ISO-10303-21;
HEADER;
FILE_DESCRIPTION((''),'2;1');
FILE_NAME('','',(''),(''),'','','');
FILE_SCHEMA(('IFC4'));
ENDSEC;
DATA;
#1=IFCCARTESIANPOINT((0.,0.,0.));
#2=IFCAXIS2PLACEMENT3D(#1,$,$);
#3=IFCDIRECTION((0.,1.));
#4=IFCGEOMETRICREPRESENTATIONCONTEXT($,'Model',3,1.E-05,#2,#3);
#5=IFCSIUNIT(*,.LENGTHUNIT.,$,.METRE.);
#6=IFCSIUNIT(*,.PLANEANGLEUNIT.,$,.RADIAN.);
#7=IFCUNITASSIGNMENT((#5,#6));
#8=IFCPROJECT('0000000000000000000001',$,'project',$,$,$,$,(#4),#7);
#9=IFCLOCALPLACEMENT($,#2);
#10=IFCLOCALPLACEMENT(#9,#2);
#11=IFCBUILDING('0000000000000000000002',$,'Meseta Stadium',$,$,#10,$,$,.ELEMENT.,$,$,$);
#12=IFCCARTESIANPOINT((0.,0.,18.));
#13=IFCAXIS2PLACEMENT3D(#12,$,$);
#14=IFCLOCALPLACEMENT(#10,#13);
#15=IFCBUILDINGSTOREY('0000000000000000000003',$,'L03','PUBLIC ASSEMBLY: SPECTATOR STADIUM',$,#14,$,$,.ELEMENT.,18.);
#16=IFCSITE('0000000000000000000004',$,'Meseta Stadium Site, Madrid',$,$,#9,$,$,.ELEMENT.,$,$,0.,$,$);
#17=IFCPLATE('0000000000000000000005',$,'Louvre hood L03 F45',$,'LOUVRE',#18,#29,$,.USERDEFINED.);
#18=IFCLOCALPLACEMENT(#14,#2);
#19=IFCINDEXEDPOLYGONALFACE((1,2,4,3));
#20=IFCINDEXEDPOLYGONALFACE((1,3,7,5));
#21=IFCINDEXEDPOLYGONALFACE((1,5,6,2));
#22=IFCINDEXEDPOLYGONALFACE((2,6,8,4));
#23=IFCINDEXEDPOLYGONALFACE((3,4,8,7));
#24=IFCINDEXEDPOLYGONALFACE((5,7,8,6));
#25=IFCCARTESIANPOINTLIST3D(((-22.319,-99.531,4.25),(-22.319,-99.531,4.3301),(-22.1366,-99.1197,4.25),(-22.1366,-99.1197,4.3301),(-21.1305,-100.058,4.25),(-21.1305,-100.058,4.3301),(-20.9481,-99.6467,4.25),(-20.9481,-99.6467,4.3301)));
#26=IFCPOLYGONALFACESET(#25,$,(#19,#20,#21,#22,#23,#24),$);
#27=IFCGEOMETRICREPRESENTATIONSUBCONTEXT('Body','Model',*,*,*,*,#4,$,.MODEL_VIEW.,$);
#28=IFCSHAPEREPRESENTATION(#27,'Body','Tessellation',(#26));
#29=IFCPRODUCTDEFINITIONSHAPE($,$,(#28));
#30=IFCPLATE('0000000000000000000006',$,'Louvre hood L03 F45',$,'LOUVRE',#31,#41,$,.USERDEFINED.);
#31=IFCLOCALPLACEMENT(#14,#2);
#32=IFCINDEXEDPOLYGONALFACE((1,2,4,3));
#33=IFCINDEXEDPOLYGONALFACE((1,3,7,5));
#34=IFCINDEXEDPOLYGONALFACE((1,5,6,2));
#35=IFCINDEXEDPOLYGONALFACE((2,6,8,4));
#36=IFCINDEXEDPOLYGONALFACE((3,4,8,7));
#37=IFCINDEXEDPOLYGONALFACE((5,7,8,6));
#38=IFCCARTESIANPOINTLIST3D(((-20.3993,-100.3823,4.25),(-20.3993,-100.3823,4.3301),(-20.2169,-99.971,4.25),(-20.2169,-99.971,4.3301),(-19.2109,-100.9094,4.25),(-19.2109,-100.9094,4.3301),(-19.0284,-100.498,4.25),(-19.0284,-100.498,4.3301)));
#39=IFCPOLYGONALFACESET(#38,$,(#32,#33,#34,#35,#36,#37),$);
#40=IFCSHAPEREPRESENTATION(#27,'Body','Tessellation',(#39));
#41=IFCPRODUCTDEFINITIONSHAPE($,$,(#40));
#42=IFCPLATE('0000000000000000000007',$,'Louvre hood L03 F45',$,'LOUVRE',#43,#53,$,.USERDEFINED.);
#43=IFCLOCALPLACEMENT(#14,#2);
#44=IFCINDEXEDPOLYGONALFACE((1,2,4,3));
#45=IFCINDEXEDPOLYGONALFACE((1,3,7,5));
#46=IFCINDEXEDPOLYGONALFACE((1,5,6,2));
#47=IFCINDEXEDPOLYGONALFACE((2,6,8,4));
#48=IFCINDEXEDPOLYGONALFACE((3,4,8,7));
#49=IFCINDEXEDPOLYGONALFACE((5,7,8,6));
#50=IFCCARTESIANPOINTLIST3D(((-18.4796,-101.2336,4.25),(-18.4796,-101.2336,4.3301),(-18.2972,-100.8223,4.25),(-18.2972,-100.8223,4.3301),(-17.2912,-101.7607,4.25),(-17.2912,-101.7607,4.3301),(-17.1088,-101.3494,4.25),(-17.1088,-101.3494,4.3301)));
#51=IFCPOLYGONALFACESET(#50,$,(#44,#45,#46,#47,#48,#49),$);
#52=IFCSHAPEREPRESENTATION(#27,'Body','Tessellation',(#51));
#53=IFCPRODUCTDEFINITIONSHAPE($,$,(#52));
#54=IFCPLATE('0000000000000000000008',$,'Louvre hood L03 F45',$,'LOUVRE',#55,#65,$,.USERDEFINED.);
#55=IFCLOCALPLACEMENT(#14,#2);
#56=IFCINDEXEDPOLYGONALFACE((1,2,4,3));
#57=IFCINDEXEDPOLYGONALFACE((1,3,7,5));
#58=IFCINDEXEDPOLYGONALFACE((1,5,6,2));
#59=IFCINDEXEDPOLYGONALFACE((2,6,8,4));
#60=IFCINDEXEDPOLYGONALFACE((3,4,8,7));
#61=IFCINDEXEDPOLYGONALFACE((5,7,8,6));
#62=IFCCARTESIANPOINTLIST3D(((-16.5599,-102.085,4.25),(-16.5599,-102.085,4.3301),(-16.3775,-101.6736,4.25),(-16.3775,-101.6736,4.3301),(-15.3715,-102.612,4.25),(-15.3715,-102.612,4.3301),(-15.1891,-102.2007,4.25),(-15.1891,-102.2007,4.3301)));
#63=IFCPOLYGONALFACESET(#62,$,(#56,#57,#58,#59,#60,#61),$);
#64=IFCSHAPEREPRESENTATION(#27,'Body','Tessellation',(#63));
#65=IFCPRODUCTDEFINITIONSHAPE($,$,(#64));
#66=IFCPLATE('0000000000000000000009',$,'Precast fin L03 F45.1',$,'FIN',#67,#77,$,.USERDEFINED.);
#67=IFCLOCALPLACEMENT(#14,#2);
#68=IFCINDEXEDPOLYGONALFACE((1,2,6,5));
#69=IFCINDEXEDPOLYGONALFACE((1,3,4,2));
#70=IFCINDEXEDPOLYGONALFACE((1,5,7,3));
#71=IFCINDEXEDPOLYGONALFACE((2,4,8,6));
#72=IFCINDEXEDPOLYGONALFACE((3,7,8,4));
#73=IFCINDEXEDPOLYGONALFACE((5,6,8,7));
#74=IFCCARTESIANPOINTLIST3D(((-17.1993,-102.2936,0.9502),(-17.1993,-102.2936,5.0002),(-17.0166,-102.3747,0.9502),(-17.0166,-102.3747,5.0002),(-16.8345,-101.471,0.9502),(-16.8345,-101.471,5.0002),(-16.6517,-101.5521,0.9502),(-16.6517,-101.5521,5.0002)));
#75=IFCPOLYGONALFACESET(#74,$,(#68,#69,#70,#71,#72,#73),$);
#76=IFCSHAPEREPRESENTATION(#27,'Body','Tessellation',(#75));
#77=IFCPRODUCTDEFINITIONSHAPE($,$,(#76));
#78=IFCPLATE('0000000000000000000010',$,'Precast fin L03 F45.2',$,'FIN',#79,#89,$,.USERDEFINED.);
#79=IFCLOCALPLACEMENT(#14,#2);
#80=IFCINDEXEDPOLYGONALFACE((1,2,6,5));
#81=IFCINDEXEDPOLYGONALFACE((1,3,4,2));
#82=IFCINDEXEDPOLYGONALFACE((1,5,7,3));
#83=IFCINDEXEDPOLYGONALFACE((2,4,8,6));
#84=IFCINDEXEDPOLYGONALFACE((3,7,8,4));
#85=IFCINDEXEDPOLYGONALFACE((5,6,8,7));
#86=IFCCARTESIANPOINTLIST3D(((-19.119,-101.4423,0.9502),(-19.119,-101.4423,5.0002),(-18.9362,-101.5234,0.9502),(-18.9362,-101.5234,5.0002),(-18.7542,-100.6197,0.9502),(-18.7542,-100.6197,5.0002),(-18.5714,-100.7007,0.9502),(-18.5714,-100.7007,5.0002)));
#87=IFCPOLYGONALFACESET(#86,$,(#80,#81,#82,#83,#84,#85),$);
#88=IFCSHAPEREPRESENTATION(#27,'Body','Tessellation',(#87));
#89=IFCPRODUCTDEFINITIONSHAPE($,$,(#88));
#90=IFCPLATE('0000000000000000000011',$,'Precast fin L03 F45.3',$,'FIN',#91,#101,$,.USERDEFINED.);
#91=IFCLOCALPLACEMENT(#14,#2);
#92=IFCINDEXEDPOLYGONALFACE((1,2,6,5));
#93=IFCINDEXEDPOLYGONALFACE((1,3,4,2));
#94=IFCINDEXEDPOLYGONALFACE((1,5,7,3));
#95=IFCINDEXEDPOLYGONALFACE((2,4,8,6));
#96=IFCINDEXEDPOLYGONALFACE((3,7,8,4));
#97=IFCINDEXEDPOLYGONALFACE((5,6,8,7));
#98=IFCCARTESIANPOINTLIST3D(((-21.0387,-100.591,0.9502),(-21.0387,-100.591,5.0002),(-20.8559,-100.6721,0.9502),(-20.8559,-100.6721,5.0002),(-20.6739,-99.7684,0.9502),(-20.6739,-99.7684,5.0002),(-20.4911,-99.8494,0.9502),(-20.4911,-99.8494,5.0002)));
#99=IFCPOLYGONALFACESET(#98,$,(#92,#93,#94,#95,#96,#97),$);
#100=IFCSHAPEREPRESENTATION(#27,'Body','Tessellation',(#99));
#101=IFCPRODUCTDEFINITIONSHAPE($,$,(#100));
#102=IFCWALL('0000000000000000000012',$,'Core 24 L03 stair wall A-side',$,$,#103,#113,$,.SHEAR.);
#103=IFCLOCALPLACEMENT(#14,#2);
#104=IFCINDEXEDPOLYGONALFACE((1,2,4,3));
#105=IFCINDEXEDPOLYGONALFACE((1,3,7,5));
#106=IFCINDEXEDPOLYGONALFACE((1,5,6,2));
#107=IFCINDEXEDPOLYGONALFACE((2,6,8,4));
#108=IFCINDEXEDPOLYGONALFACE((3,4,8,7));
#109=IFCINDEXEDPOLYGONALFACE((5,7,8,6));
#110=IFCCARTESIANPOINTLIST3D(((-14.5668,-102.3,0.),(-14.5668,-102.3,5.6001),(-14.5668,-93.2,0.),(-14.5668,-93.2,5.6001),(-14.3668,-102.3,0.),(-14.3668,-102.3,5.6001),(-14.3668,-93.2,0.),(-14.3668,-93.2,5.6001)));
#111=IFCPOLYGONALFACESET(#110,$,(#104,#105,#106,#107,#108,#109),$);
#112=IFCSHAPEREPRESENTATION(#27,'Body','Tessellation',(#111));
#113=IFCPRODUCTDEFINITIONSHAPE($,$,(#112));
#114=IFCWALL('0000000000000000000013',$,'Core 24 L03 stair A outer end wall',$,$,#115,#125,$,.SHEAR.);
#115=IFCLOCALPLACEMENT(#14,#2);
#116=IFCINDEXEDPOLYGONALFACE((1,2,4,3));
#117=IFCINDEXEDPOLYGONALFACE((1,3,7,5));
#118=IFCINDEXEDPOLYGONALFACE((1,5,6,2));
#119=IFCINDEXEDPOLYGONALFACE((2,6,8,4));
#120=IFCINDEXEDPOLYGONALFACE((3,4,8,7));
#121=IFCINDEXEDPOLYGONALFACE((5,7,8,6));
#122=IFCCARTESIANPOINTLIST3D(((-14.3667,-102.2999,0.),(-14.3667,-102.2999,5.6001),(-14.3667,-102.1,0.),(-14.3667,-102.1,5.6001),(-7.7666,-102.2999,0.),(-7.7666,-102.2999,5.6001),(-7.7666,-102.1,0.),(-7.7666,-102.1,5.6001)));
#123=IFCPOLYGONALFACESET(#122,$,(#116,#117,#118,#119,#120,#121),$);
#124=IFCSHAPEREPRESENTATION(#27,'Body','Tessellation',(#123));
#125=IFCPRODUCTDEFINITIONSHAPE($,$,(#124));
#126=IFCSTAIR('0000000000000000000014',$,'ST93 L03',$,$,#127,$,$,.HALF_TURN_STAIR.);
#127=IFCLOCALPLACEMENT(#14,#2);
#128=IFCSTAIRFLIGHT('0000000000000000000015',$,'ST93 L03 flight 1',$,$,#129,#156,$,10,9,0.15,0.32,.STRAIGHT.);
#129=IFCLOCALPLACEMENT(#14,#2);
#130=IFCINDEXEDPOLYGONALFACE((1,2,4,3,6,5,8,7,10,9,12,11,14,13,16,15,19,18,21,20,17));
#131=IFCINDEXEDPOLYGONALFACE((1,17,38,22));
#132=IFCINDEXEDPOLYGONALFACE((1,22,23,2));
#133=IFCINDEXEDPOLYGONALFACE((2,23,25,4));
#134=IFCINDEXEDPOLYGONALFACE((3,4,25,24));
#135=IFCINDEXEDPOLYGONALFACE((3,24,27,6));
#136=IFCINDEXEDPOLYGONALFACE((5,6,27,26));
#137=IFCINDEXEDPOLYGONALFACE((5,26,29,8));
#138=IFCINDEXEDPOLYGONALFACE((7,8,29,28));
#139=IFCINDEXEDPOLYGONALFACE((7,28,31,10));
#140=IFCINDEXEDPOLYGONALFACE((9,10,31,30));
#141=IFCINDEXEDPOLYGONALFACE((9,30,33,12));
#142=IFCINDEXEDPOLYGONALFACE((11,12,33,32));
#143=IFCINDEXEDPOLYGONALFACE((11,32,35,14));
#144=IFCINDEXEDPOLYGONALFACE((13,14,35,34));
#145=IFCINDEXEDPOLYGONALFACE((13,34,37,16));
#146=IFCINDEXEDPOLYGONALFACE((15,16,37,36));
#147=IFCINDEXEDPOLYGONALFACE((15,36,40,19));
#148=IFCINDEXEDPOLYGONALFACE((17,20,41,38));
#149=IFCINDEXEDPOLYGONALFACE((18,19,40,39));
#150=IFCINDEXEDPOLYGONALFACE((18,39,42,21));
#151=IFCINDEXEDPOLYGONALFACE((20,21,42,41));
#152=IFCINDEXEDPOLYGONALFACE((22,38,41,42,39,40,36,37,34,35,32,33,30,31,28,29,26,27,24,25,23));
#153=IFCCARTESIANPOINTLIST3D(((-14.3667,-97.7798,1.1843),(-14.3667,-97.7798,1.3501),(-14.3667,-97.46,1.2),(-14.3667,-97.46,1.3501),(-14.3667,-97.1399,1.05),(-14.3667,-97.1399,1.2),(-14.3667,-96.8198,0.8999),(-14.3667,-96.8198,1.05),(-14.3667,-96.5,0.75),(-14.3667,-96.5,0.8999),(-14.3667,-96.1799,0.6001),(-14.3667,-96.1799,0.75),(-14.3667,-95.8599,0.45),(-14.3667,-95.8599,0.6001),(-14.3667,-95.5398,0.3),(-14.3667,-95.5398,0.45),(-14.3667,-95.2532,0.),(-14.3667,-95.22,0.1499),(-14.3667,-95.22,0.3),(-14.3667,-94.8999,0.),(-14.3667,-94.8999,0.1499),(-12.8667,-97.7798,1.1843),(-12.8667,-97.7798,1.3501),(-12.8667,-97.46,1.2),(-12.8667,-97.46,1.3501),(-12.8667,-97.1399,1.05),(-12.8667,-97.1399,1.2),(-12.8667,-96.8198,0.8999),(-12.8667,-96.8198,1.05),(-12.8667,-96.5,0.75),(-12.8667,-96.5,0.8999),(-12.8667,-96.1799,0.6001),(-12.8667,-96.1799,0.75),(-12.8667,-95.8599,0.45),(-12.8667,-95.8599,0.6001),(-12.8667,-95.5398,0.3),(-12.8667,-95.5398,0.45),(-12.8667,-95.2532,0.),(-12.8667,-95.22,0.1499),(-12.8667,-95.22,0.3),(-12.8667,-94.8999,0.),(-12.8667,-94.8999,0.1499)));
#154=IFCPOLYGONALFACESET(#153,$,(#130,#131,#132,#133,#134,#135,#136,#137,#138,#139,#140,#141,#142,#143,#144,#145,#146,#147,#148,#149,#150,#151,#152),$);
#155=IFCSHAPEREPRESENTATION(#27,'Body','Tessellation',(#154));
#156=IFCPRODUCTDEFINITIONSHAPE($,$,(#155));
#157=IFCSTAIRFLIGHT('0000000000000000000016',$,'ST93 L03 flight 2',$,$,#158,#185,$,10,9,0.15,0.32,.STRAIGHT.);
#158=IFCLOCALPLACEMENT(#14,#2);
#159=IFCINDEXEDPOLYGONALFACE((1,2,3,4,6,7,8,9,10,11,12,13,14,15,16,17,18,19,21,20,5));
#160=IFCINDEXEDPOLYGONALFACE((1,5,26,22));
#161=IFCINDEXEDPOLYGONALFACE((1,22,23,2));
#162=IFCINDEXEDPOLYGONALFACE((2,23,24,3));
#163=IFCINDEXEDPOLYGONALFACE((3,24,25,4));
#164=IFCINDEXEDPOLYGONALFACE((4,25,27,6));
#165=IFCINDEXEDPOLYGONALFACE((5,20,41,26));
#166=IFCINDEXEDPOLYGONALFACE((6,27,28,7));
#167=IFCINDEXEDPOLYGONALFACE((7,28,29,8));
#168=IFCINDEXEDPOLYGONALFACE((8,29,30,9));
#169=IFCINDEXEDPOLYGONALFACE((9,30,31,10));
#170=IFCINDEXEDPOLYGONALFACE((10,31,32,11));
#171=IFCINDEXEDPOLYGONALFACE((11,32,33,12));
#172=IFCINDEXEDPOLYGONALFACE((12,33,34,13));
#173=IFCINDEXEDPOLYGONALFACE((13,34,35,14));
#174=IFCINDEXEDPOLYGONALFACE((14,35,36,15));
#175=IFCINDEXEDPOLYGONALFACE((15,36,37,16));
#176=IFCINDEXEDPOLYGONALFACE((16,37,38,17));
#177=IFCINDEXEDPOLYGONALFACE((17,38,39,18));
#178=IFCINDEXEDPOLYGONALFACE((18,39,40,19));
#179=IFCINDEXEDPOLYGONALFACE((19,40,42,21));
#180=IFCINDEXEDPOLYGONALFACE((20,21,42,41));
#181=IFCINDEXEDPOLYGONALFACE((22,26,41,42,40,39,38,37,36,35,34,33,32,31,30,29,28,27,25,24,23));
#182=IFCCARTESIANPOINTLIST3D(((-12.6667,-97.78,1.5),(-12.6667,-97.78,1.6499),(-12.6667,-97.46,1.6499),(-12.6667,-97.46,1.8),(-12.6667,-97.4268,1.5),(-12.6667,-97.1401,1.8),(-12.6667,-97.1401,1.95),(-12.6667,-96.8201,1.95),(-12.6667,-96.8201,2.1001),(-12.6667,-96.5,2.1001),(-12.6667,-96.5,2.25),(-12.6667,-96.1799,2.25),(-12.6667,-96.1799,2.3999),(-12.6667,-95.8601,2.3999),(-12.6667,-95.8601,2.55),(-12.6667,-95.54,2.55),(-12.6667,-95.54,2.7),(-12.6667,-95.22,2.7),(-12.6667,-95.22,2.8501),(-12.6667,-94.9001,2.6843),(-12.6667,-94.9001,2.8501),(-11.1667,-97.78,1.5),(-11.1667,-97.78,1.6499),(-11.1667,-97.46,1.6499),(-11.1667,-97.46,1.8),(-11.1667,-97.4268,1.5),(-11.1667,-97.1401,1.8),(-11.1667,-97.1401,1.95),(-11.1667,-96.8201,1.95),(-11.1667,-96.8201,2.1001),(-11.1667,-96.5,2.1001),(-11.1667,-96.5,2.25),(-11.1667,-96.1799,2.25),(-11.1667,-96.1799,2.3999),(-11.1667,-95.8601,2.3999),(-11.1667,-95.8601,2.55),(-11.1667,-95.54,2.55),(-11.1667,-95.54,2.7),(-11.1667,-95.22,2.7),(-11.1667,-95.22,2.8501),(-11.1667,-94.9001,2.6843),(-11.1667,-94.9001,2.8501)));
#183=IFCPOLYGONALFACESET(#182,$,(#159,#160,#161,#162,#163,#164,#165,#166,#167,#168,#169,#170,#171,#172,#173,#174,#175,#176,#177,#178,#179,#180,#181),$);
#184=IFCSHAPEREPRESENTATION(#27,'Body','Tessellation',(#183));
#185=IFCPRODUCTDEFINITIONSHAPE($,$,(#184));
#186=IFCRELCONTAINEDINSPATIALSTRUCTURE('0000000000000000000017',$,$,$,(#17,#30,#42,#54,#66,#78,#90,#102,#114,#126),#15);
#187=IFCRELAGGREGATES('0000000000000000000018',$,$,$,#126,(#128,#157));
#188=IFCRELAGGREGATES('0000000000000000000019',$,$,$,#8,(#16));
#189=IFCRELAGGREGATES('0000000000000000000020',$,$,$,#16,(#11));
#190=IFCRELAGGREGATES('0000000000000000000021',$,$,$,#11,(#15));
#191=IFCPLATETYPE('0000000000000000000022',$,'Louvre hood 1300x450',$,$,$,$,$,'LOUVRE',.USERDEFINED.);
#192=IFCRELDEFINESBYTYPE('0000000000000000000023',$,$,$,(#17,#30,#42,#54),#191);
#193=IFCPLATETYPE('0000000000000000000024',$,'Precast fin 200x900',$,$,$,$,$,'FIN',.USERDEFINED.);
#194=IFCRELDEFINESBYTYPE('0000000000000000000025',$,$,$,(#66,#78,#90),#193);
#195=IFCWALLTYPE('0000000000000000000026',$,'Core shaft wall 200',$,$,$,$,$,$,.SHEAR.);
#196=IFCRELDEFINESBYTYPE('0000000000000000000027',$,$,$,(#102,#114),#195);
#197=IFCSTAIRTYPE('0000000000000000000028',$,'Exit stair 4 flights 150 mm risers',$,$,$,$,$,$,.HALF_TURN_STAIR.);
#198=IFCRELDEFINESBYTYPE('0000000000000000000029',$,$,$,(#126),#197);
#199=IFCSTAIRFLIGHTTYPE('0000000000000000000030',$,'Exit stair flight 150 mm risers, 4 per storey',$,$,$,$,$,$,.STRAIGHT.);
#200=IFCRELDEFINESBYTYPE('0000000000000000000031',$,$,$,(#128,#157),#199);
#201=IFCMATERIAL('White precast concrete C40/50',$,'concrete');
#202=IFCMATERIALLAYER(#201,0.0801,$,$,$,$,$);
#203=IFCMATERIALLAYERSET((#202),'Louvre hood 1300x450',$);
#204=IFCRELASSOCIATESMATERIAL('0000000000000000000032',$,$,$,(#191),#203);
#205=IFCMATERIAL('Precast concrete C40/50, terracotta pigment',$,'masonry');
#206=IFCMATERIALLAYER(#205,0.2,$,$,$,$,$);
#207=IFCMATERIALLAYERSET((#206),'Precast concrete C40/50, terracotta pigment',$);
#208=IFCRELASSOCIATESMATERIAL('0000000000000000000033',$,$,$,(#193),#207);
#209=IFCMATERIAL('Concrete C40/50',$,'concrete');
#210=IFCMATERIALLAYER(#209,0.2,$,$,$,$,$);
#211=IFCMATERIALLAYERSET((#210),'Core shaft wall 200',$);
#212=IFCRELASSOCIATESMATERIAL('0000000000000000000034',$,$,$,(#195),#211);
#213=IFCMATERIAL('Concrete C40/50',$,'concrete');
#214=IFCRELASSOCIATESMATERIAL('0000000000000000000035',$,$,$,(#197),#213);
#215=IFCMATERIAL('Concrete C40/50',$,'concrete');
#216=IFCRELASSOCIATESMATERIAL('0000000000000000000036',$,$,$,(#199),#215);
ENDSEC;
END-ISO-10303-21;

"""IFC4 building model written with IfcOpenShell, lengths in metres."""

from ifc_helpers import new_model, si_unit, direction, frame, frame_2d, origin, origin_2d, place, context, subcontext, project, spatial, polyline, rectangle, outline, extrude, material, layer, layer_set, type_object, element, aggregate, save


model = new_model("IFC4")

# Units and contexts
model_context = context("Model", 3, precision=1e-05, world=origin(), true_north=direction((0.0, 1.0)))
body_context = subcontext(model_context, "Body", "Model", "MODEL_VIEW")
ifc_project = project(units=[si_unit("LENGTHUNIT", "METRE"), si_unit("PLANEANGLEUNIT", "RADIAN")], contexts=[model_context])

# Site, building, storey
site_placement = place(None, origin())
site = spatial("IfcSite", under=ifc_project, at=site_placement, Name="Meseta Stadium Site, Madrid", CompositionType="ELEMENT", RefElevation=0.0)
building_placement = place(site_placement, origin())
building = spatial("IfcBuilding", under=site, at=building_placement, Name="Meseta Stadium", CompositionType="ELEMENT")
storey_placement = place(building_placement, frame((0.0, 0.0, 18.0)))
storey = spatial("IfcBuildingStorey", under=building, at=storey_placement, Name="L03", Description="PUBLIC ASSEMBLY: SPECTATOR STADIUM", CompositionType="ELEMENT", Elevation=18.0)

# Plates
ifc_material_1 = material(Name="White precast concrete C40/50", Category="concrete")
ifc_layer_1 = layer(ifc_material_1, 0.0801)
ifc_layer_set_1 = layer_set([ifc_layer_1], Name="Louvre hood 1300x450")
plate_type_1 = type_object("IfcPlateType", Name="Louvre hood 1300x450", ElementType="LOUVRE", PredefinedType="USERDEFINED", material=ifc_layer_set_1)
for number, where, z_axis, x_axis, name in (
    (1, (-21.6335, -99.5889, 4.25), (0.0, 0.0, 1.0), (0.914139, -0.405401, 0.0), "Louvre hood L03 F45"),
    (2, (-19.7139, -100.4402, 4.25), (0.0, 0.0, 1.0), (0.914139, -0.405401, 0.0), "Louvre hood L03 F45"),
    (3, (-17.7942, -101.2915, 4.25), (0.0, 0.0, 1.0), (0.914139, -0.405401, 0.0), "Louvre hood L03 F45"),
    (4, (-15.8745, -102.1428, 4.25), (0.0, 0.0, 1.0), (0.914139, -0.405401, 0.0), "Louvre hood L03 F45"),
):
    element("IfcPlate", number, at=place(storey_placement, frame(where, z_axis=z_axis, x_axis=x_axis)), inside=storey, type_object=plate_type_1, Name=name, ObjectType="LOUVRE", PredefinedType="USERDEFINED", context=body_context, shape_type="SweptSolid", body=[
        extrude(rectangle(XDim=1.3, YDim=0.45, at=origin_2d()), origin(), (0.0, 0.0, 1.0), 0.0801),
    ])
ifc_material_2 = material(Name="Precast concrete C40/50, terracotta pigment", Category="masonry")
ifc_layer_2 = layer(ifc_material_2, 0.2)
ifc_layer_set_2 = layer_set([ifc_layer_2], Name="Precast concrete C40/50, terracotta pigment")
plate_type_2 = type_object("IfcPlateType", Name="Precast fin 200x900", ElementType="FIN", PredefinedType="USERDEFINED", material=ifc_layer_set_2)
for number, where, z_axis, x_axis, name in (
    (5, (-16.9255, -101.9229, 0.9502), (0.0, 0.0, 1.0), (-0.914139, 0.4054, 0.0), "Precast fin L03 F45.1"),
    (6, (-18.8452, -101.0715, 0.9502), (0.0, 0.0, 1.0), (-0.914139, 0.4054, 0.0), "Precast fin L03 F45.2"),
    (7, (-20.7649, -100.2202, 0.9502), (0.0, 0.0, 1.0), (-0.914139, 0.4054, 0.0), "Precast fin L03 F45.3"),
):
    element("IfcPlate", number, at=place(storey_placement, frame(where, z_axis=z_axis, x_axis=x_axis)), inside=storey, type_object=plate_type_2, Name=name, ObjectType="FIN", PredefinedType="USERDEFINED", context=body_context, shape_type="SweptSolid", body=[
        extrude(rectangle(XDim=0.2, YDim=0.8999, at=origin_2d()), origin(), (0.0, 0.0, 1.0), 4.05),
    ])

# Walls
ifc_material_3 = material(Name="Concrete C40/50", Category="concrete")
ifc_layer_3 = layer(ifc_material_3, 0.2)
ifc_layer_set_3 = layer_set([ifc_layer_3], Name="Core shaft wall 200")
wall_type = type_object("IfcWallType", Name="Core shaft wall 200", PredefinedType="SHEAR", material=ifc_layer_set_3)
wall_1_placement = place(storey_placement, frame((-14.4668, -102.3, 0.0), z_axis=(0.0, 0.0, 1.0), x_axis=(0.0, 1.0, 0.0)))
element("IfcWall", 8, at=wall_1_placement, inside=storey, type_object=wall_type, Name="Core 24 L03 stair wall A-side", PredefinedType="SHEAR", context=body_context, shape_type="SweptSolid", body=[
    extrude(rectangle(XDim=9.1001, YDim=0.2, at=frame_2d((4.55, 0.0))), origin(), (0.0, 0.0, 1.0), 5.6001),
])
wall_2_placement = place(storey_placement, frame((-14.3667, -102.2, 0.0), z_axis=(0.0, 0.0, 1.0), x_axis=(1.0, 0.0, 0.0)))
element("IfcWall", 9, at=wall_2_placement, inside=storey, type_object=wall_type, Name="Core 24 L03 stair A outer end wall", PredefinedType="SHEAR", context=body_context, shape_type="SweptSolid", body=[
    extrude(rectangle(XDim=6.6001, YDim=0.2, at=frame_2d((3.3, 0.0))), origin(), (0.0, 0.0, 1.0), 5.6001),
])

# Stair, stair flights
ifc_material_4 = material(Name="Concrete C40/50", Category="concrete")
stair_type = type_object("IfcStairType", Name="Exit stair 4 flights 150 mm risers", PredefinedType="HALF_TURN_STAIR", material=ifc_material_4)
stair_placement = place(storey_placement, origin())
stair = element("IfcStair", 10, at=stair_placement, inside=storey, type_object=stair_type, Name="ST93 L03", PredefinedType="HALF_TURN_STAIR")
ifc_material_5 = material(Name="Concrete C40/50", Category="concrete")
stair_flight_type = type_object("IfcStairFlightType", Name="Exit stair flight 150 mm risers, 4 per storey", PredefinedType="STRAIGHT", material=ifc_material_5)
stair_flight_1_placement = place(storey_placement, frame((-13.6167, -94.8999, 0.0), z_axis=(0.0, 0.0, 1.0), x_axis=(0.0, -1.0, 0.0)))
stair_flight_1 = element("IfcStairFlight", 11, at=stair_flight_1_placement, type_object=stair_flight_type, Name="ST93 L03 flight 1", NumberOfRisers=10, NumberOfTreads=9, PredefinedType="STRAIGHT", RiserHeight=0.15, TreadLength=0.32, context=body_context, shape_type="SweptSolid", body=[
    extrude(outline(polyline([(0.0, 0.0), (0.0, 0.1499), (0.3201, 0.1499), (0.3201, 0.3), (0.6399, 0.3), (0.6399, 0.45), (0.96, 0.45), (0.96, 0.6001), (1.28, 0.6001), (1.28, 0.75), (1.6001, 0.75), (1.6001, 0.8999), (1.9199, 0.8999), (1.9199, 1.05), (2.24, 1.05), (2.24, 1.2), (2.5601, 1.2), (2.5601, 1.3501), (2.8799, 1.3501), (2.8799, 1.1843), (0.3533, 0.0), (0.0, 0.0)])), frame((0.0, 0.75, 0.0), z_axis=(0.0, -1.0, 0.0), x_axis=(1.0, 0.0, 0.0)), (0.0, 0.0, 1.0), 1.5),
])
stair_flight_2_placement = place(storey_placement, frame((-11.9167, -97.78, 1.5), z_axis=(0.0, 0.0, 1.0), x_axis=(0.0, 1.0, 0.0)))
stair_flight_2 = element("IfcStairFlight", 12, at=stair_flight_2_placement, type_object=stair_flight_type, Name="ST93 L03 flight 2", NumberOfRisers=10, NumberOfTreads=9, PredefinedType="STRAIGHT", RiserHeight=0.15, TreadLength=0.32, context=body_context, shape_type="SweptSolid", body=[
    extrude(outline(polyline([(0.0, 0.0), (0.0, 0.1499), (0.3201, 0.1499), (0.3201, 0.3), (0.6399, 0.3), (0.6399, 0.45), (0.96, 0.45), (0.96, 0.6001), (1.28, 0.6001), (1.28, 0.75), (1.6001, 0.75), (1.6001, 0.8999), (1.9199, 0.8999), (1.9199, 1.05), (2.24, 1.05), (2.24, 1.2), (2.5601, 1.2), (2.5601, 1.3501), (2.8799, 1.3501), (2.8799, 1.1843), (0.3533, 0.0), (0.0, 0.0)])), frame((0.0, 0.75, 0.0), z_axis=(0.0, -1.0, 0.0), x_axis=(1.0, 0.0, 0.0)), (0.0, 0.0, 1.0), 1.5),
])
aggregate(stair, [stair_flight_1, stair_flight_2])

save(model, "model.ifc")
